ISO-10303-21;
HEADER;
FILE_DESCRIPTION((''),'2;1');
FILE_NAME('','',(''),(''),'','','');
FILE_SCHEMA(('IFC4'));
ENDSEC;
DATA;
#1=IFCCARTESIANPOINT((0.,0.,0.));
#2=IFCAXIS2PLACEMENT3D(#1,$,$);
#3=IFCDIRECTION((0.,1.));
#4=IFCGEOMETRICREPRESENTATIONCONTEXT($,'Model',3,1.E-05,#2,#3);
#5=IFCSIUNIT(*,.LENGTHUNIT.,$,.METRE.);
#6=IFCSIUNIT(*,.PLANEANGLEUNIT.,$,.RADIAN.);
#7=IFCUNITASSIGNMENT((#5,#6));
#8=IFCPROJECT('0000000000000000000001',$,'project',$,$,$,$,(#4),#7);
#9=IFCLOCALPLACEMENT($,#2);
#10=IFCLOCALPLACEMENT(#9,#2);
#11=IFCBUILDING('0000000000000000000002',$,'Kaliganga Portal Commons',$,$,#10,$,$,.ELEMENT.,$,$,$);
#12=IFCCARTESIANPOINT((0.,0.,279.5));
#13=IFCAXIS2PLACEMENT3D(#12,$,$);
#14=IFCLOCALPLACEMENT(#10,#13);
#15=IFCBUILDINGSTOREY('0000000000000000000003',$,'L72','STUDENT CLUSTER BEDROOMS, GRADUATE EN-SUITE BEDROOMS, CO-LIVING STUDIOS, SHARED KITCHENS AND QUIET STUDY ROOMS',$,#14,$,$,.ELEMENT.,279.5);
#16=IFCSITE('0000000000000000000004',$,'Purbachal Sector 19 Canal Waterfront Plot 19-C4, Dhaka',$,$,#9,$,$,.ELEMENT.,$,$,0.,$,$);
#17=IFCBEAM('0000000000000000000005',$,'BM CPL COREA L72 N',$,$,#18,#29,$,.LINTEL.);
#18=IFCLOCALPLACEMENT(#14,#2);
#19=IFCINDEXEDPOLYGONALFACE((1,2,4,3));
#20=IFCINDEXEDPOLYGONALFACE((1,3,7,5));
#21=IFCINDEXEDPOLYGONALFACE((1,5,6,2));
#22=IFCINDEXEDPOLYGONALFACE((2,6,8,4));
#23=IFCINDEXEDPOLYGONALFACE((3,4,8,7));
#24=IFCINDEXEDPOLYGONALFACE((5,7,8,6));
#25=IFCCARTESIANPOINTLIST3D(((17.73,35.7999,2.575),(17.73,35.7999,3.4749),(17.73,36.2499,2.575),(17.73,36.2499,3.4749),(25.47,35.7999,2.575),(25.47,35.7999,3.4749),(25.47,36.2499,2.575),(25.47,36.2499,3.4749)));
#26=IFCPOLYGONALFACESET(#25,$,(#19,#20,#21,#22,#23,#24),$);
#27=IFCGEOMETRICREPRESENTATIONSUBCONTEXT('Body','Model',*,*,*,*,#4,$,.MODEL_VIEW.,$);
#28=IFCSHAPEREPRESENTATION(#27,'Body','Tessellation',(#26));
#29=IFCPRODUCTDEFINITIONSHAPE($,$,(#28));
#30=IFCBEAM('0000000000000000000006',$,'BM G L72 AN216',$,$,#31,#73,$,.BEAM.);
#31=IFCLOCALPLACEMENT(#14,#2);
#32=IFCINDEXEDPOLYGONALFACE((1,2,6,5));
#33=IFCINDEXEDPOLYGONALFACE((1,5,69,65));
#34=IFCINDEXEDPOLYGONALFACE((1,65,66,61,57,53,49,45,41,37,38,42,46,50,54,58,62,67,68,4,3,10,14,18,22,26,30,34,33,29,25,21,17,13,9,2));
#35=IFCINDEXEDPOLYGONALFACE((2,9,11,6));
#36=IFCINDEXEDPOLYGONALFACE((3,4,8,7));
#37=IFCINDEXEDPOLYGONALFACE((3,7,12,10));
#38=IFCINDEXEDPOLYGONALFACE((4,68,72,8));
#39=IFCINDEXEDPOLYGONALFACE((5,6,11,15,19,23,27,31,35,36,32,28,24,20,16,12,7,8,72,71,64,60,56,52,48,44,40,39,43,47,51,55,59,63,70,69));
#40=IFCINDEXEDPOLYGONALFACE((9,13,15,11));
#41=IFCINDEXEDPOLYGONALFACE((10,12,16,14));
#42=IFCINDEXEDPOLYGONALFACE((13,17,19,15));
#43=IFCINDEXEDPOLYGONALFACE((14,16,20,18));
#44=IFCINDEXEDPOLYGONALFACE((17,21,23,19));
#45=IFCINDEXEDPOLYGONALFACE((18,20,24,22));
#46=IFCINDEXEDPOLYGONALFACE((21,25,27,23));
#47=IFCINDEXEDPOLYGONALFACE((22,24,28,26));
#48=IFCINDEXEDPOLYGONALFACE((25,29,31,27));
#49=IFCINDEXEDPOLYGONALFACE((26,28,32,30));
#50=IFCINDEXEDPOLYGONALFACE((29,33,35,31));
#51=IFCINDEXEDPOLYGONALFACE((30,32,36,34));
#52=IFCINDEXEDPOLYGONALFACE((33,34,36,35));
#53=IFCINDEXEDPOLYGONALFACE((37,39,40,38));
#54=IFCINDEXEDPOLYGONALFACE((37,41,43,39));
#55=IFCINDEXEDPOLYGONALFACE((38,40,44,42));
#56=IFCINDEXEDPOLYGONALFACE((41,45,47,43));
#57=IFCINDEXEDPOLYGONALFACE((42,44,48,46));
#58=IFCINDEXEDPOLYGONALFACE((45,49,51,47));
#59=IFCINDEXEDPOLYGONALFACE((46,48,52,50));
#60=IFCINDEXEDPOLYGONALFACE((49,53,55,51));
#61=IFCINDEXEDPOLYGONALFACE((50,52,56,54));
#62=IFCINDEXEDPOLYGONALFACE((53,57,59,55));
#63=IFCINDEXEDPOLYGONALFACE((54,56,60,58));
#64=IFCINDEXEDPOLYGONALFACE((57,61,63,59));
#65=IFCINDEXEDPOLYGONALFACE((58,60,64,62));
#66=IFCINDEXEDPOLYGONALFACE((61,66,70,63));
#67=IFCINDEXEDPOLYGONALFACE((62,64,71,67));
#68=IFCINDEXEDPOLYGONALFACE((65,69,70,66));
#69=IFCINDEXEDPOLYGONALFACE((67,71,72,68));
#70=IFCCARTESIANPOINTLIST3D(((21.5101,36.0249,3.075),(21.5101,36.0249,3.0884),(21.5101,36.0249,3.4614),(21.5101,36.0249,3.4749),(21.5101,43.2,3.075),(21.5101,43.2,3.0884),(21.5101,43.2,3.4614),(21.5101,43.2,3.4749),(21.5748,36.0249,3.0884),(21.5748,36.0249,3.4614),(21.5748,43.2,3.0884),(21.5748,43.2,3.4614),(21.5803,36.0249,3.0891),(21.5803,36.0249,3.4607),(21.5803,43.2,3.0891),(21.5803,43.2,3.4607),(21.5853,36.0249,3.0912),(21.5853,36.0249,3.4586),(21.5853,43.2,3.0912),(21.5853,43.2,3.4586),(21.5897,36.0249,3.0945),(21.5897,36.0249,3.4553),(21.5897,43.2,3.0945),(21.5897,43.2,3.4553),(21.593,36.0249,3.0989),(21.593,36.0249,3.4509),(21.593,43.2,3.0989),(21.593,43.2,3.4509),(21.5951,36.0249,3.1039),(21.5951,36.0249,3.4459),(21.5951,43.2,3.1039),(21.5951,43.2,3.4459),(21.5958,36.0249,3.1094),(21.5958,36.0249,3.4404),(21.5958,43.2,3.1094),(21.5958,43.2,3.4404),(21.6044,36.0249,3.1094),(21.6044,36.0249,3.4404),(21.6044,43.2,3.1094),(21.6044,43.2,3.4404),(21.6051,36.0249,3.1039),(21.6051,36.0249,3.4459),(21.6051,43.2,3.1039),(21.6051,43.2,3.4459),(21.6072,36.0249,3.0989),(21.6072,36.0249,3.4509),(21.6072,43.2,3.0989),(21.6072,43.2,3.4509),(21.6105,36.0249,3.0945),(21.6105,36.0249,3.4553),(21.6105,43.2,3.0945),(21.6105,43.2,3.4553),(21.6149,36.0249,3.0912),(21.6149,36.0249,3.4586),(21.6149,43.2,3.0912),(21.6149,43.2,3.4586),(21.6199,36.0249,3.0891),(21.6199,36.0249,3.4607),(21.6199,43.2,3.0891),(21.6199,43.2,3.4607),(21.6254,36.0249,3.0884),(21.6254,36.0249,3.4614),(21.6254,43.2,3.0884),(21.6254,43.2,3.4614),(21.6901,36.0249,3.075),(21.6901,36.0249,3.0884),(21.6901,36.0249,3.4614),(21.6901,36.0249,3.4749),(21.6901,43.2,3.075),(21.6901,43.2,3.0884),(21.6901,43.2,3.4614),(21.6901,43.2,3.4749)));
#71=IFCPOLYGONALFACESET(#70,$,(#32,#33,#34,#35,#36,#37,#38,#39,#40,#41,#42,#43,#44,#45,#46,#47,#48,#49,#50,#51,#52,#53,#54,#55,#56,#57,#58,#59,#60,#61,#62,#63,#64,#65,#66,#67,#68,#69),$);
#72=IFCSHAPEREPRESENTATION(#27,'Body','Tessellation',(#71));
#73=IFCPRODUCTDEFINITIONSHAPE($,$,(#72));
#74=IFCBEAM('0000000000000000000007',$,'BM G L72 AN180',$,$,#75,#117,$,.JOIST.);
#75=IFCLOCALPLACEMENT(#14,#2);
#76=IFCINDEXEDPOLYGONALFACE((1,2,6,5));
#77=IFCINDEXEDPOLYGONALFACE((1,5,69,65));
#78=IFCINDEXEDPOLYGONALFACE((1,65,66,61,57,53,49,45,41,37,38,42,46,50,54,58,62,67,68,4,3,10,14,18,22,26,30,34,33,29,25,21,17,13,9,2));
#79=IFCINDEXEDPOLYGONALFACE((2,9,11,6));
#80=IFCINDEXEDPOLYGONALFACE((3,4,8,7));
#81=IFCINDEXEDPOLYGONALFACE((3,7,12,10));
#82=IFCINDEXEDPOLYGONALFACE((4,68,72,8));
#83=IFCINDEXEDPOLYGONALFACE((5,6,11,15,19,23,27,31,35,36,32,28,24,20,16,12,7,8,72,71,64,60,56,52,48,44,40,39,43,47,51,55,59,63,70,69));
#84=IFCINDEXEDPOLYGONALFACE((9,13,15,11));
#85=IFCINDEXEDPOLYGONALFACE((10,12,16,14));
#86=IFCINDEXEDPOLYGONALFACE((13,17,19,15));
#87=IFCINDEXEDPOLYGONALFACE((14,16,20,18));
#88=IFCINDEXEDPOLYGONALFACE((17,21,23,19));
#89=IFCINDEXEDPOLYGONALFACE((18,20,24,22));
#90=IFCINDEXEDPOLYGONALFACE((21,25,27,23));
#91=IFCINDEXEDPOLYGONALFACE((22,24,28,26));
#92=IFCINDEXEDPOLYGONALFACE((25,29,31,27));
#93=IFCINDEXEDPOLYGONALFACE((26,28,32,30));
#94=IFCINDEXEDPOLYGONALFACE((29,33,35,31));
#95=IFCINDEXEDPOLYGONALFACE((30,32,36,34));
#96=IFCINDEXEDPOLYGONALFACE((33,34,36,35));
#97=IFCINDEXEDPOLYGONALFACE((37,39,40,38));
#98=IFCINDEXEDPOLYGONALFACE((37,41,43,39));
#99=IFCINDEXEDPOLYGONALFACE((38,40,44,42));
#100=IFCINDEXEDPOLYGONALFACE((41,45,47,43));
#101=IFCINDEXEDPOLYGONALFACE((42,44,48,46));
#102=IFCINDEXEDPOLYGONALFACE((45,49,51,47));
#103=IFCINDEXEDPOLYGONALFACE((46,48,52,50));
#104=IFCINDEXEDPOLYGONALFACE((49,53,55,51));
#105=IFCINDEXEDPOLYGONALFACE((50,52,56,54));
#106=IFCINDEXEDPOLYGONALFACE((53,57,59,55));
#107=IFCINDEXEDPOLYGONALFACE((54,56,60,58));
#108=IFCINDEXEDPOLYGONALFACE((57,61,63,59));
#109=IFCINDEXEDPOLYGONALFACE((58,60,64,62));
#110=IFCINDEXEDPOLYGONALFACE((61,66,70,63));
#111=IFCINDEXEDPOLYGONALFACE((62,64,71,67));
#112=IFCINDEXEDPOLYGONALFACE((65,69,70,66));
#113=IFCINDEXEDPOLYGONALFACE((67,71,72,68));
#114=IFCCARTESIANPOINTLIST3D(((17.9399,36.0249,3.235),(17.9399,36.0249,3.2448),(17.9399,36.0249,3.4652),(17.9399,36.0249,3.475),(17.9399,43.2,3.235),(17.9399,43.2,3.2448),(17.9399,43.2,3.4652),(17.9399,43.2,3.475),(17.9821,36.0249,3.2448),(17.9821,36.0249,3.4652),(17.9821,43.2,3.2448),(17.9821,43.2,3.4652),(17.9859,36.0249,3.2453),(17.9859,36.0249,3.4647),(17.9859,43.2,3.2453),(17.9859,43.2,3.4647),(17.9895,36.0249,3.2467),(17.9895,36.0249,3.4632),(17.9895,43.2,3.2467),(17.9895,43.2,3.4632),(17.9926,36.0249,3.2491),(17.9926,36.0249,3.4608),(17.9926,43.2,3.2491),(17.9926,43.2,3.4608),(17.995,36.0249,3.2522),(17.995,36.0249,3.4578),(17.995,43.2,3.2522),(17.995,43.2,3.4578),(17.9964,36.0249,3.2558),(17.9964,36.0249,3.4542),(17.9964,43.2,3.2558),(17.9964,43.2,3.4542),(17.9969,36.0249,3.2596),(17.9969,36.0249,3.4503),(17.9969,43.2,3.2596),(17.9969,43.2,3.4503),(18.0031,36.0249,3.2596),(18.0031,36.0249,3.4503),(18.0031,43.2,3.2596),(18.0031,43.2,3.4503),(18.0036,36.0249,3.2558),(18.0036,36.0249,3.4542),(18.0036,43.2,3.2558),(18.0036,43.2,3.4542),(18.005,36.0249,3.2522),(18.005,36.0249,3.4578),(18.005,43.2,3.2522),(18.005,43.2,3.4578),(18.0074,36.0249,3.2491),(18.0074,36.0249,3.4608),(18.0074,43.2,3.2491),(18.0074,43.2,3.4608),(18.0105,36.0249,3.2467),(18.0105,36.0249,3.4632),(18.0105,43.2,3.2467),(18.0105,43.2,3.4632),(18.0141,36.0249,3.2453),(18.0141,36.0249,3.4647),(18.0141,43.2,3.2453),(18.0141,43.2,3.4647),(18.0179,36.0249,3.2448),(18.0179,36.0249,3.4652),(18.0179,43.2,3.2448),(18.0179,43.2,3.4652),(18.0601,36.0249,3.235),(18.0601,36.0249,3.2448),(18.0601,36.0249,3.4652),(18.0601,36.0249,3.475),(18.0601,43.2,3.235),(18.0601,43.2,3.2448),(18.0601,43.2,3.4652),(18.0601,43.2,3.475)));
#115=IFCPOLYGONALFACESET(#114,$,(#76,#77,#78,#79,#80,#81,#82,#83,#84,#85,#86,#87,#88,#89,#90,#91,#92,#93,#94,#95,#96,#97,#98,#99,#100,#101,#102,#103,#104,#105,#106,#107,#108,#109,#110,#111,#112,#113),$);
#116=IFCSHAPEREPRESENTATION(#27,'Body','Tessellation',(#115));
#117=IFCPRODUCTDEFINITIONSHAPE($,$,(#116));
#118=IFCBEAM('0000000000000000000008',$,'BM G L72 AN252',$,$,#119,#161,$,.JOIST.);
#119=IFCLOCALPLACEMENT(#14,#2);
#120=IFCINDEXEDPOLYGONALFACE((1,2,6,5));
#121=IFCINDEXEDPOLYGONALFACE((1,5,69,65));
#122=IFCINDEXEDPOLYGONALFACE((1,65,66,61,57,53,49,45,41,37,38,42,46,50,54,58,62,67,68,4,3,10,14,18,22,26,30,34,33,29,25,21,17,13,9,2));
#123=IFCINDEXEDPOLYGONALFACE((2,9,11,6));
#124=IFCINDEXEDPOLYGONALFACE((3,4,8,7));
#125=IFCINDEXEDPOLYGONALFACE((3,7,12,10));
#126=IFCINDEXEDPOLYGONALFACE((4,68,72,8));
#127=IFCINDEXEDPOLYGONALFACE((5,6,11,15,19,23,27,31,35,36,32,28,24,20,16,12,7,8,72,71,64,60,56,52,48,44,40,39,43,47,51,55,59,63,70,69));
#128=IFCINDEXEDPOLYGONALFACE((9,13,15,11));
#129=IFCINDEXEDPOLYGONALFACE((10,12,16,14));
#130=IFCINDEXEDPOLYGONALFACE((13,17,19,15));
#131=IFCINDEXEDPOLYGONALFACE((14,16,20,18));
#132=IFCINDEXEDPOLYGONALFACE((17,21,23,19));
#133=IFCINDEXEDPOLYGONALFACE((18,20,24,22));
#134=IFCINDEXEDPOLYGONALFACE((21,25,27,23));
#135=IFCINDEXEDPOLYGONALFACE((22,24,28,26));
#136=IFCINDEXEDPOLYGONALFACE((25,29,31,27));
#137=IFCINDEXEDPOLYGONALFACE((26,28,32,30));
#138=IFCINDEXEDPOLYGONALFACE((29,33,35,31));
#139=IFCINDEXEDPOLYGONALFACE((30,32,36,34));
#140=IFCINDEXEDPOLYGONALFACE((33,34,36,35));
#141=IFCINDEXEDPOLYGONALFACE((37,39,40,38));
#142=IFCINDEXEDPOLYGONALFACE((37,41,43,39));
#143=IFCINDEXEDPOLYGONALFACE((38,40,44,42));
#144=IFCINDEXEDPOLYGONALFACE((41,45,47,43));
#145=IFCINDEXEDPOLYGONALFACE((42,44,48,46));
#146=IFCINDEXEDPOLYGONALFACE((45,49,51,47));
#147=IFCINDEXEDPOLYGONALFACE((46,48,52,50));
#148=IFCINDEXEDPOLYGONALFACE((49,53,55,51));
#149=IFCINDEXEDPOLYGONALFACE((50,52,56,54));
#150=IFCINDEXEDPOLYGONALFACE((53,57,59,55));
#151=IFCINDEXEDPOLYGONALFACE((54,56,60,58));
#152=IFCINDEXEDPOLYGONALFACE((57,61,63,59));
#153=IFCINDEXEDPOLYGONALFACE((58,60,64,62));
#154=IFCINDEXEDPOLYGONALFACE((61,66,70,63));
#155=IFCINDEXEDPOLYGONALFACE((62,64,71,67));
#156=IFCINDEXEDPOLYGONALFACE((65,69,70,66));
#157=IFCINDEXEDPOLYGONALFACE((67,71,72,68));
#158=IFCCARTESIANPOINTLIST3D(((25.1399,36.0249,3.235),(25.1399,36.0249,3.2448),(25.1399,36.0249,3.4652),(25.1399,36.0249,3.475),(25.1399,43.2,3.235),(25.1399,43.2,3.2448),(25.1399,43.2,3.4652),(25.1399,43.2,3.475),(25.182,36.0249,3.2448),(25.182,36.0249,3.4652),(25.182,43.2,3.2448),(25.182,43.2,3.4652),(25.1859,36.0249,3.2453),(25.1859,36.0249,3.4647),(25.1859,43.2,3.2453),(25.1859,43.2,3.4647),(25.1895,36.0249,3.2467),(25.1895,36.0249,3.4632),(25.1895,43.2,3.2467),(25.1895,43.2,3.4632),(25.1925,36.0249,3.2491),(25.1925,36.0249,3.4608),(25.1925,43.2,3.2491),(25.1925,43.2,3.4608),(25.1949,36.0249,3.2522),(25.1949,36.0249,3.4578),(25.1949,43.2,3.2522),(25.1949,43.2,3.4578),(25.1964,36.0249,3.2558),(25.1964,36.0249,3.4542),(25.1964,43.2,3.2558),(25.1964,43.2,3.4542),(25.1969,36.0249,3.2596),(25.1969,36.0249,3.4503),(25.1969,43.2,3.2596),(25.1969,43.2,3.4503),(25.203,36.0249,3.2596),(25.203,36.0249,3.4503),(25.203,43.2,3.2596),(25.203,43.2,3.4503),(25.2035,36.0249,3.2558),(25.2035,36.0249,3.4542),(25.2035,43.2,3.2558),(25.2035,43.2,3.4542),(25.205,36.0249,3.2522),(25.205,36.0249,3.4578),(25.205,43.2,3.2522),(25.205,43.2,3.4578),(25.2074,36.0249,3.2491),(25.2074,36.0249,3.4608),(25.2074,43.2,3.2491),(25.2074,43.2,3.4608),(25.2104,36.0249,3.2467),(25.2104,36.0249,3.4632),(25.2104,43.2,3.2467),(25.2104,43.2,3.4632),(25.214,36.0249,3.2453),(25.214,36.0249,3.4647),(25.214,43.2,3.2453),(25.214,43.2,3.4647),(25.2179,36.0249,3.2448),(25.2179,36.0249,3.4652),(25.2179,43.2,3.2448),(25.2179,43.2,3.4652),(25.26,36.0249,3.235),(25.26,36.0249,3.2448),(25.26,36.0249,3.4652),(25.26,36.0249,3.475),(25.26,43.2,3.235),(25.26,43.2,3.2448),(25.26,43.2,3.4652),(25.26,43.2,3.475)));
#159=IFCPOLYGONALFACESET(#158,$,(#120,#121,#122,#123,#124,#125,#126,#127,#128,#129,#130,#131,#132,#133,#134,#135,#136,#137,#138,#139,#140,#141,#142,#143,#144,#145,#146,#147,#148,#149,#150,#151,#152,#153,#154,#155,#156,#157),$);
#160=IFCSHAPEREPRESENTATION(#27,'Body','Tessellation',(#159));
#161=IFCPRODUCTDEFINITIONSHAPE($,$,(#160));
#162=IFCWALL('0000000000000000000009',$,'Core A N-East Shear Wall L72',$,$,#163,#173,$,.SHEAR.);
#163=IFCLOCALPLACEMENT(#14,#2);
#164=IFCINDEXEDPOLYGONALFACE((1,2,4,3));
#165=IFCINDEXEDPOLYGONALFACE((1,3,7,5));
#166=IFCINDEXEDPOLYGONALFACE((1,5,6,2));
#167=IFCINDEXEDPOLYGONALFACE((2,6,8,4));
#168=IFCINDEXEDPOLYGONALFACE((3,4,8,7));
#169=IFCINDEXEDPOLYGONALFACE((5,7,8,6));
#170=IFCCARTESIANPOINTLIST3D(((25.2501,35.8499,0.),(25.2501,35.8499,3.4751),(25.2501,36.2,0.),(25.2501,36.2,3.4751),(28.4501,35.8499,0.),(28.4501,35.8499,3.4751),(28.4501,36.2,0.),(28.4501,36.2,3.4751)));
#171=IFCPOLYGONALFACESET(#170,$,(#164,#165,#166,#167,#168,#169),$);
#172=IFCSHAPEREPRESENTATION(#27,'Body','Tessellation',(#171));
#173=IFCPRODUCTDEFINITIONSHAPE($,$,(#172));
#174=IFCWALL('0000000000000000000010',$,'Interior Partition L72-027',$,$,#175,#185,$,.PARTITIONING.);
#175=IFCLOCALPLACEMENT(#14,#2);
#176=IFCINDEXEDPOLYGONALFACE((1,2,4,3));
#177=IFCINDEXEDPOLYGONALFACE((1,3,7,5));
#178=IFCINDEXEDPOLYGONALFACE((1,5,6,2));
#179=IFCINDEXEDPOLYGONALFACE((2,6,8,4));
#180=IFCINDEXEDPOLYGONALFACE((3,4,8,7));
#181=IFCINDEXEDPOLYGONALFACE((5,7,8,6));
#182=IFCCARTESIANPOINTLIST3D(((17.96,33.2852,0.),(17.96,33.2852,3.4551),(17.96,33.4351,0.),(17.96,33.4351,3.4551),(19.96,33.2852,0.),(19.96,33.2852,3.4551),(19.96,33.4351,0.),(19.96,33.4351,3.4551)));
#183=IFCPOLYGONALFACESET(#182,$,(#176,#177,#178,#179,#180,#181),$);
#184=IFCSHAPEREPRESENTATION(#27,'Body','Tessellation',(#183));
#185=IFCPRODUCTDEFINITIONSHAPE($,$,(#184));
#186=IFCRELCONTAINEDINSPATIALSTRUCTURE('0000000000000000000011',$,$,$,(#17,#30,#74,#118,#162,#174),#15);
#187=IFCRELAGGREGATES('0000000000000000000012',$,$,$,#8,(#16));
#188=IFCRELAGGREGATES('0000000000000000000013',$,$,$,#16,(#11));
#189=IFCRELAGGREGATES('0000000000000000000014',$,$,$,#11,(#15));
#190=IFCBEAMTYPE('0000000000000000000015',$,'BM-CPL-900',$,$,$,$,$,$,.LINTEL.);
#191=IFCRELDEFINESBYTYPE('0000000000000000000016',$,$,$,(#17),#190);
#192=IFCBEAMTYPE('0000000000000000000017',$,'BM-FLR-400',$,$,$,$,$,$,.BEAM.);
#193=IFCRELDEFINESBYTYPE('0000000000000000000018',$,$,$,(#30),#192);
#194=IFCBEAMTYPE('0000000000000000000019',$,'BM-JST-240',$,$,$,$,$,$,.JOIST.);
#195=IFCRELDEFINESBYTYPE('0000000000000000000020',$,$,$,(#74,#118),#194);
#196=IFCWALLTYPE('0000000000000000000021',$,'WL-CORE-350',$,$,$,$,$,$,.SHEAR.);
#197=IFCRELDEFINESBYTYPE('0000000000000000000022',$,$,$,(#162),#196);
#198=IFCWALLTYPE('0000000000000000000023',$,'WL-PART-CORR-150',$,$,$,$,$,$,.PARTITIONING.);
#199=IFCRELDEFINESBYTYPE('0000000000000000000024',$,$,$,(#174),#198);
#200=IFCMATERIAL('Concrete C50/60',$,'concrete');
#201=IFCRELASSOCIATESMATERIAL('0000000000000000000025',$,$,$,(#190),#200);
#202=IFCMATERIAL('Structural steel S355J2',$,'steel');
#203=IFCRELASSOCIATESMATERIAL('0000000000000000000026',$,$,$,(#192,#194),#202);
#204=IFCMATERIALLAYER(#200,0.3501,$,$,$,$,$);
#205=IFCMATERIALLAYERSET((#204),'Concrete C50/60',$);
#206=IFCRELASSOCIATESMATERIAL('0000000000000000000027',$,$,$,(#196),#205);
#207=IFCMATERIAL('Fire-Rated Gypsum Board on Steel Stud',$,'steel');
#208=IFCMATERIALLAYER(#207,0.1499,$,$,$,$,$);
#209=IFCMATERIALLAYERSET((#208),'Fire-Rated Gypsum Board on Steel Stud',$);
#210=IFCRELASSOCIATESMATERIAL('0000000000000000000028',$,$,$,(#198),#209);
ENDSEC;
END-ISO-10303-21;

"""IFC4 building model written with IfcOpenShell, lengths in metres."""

from ifc_helpers import new_model, si_unit, direction, frame, frame_2d, origin, origin_2d, place, context, subcontext, project, spatial, rectangle, i_section, extrude, source, transform, mapped, material, layer, layer_set, material_profile, profile_set, type_object, element, save


model = new_model("IFC4")

# Units and contexts
model_context = context("Model", 3, precision=1e-05, world=origin(), true_north=direction((0.0, 1.0)))
body_context = subcontext(model_context, "Body", "Model", "MODEL_VIEW")
ifc_project = project(units=[si_unit("LENGTHUNIT", "METRE"), si_unit("PLANEANGLEUNIT", "RADIAN")], contexts=[model_context])

# Site, building, storey
site_placement = place(None, origin())
site = spatial("IfcSite", under=ifc_project, at=site_placement, Name="Purbachal Sector 19 Canal Waterfront Plot 19-C4, Dhaka", CompositionType="ELEMENT", RefElevation=0.0)
building_placement = place(site_placement, origin())
building = spatial("IfcBuilding", under=site, at=building_placement, Name="Kaliganga Portal Commons", CompositionType="ELEMENT")
storey_placement = place(building_placement, frame((0.0, 0.0, 279.5)))
storey = spatial("IfcBuildingStorey", under=building, at=storey_placement, Name="L72", Description="STUDENT CLUSTER BEDROOMS, GRADUATE EN-SUITE BEDROOMS, CO-LIVING STUDIOS, SHARED KITCHENS AND QUIET STUDY ROOMS", CompositionType="ELEMENT", Elevation=279.5)

# Beams
ifc_material_1 = material(Name="Concrete C50/60", Category="concrete")
ifc_material_profile_1 = material_profile(ifc_material_1, rectangle(XDim=0.45, YDim=0.8999, at=origin_2d()), Name="RC 450x900")
ifc_profile_set_1 = profile_set([ifc_material_profile_1], Name="Concrete C50/60")
beam_type_1 = type_object("IfcBeamType", Name="BM-CPL-900", PredefinedType="LINTEL", material=ifc_profile_set_1)
shared_shape_1 = source(origin(), body_context, "Body", "SweptSolid", [
    extrude(rectangle(XDim=0.45, YDim=0.8999, at=origin_2d()), origin(), (0.0, 0.0, 1.0), 7.74),
])
beam_1_placement = place(storey_placement, frame((17.73, 36.0249, 3.0249), z_axis=(1.0, 0.0, 0.0), x_axis=(0.0, 1.0, 0.0)))
element("IfcBeam", 1, at=beam_1_placement, inside=storey, type_object=beam_type_1, Name="BM CPL COREA L72 N", PredefinedType="LINTEL", context=body_context, shape_type="MappedRepresentation", body=[
    mapped(shared_shape_1, transform((0.0, 0.0, 0.0), x_axis=(1.0, 0.0, 0.0), y_axis=(0.0, 1.0, 0.0), z_axis=(0.0, 0.0, 1.0), scale=1.0)),
])
ifc_material_2 = material(Name="Structural steel S355J2", Category="steel")
ifc_material_profile_2 = material_profile(ifc_material_2, i_section(OverallWidth=0.1799, OverallDepth=0.3999, WebThickness=0.0085, FlangeThickness=0.0134, FilletRadius=0.021, at=origin_2d()), Name="IPE 400")
ifc_profile_set_2 = profile_set([ifc_material_profile_2], Name="Structural steel S355J2 wide-flange")
beam_type_2 = type_object("IfcBeamType", Name="BM-FLR-400", PredefinedType="BEAM", material=ifc_profile_set_2)
shared_shape_2 = source(origin(), body_context, "Body", "SweptSolid", [
    extrude(i_section(OverallWidth=0.1799, OverallDepth=0.3999, WebThickness=0.0085, FlangeThickness=0.0134, FilletRadius=0.021, at=origin_2d()), origin(), (0.0, 0.0, 1.0), 7.175),
])
beam_2_placement = place(storey_placement, frame((21.6001, 36.0249, 3.2749), z_axis=(0.0, 1.0, 0.0), x_axis=(-1.0, 0.0, 0.0)))
element("IfcBeam", 2, at=beam_2_placement, inside=storey, type_object=beam_type_2, Name="BM G L72 AN216", PredefinedType="BEAM", context=body_context, shape_type="MappedRepresentation", body=[
    mapped(shared_shape_2, transform((0.0, 0.0, 0.0), x_axis=(1.0, 0.0, 0.0), y_axis=(0.0, 1.0, 0.0), z_axis=(0.0, 0.0, 1.0), scale=1.0)),
])
ifc_material_profile_3 = material_profile(ifc_material_2, i_section(OverallWidth=0.1201, OverallDepth=0.24, WebThickness=0.0061, FlangeThickness=0.0098, FilletRadius=0.0149, at=origin_2d()), Name="IPE 240")
ifc_profile_set_3 = profile_set([ifc_material_profile_3], Name="Structural steel S355J2 wide-flange")
beam_type_3 = type_object("IfcBeamType", Name="BM-JST-240", PredefinedType="JOIST", material=ifc_profile_set_3)
shared_shape_3 = source(origin(), body_context, "Body", "SweptSolid", [
    extrude(i_section(OverallWidth=0.1201, OverallDepth=0.24, WebThickness=0.0061, FlangeThickness=0.0098, FilletRadius=0.0149, at=origin_2d()), origin(), (0.0, 0.0, 1.0), 7.175),
])
for number, where, z_axis, x_axis, name in (
    (3, (18.0, 36.0249, 3.355), (0.0, 1.0, 0.0), (-1.0, 0.0, 0.0), "BM G L72 AN180"),
    (4, (25.2, 36.0249, 3.355), (0.0, 1.0, 0.0), (-1.0, 0.0, 0.0), "BM G L72 AN252"),
):
    element("IfcBeam", number, at=place(storey_placement, frame(where, z_axis=z_axis, x_axis=x_axis)), inside=storey, type_object=beam_type_3, Name=name, PredefinedType="JOIST", context=body_context, shape_type="MappedRepresentation", body=[
        mapped(shared_shape_3, transform((0.0, 0.0, 0.0), x_axis=(1.0, 0.0, 0.0), y_axis=(0.0, 1.0, 0.0), z_axis=(0.0, 0.0, 1.0), scale=1.0)),
    ])

# Walls
ifc_layer_1 = layer(ifc_material_1, 0.3501)
ifc_layer_set_1 = layer_set([ifc_layer_1], Name="Concrete C50/60")
wall_type_1 = type_object("IfcWallType", Name="WL-CORE-350", PredefinedType="SHEAR", material=ifc_layer_set_1)
wall_1_placement = place(storey_placement, frame((25.25, 36.0249, 0.0), z_axis=(0.0, 0.0, 1.0), x_axis=(1.0, 0.0, 0.0)))
element("IfcWall", 5, at=wall_1_placement, inside=storey, type_object=wall_type_1, Name="Core A N-East Shear Wall L72", PredefinedType="SHEAR", context=body_context, shape_type="SweptSolid", body=[
    extrude(rectangle(XDim=3.2, YDim=0.3501, at=frame_2d((1.6001, 0.0))), origin(), (0.0, 0.0, 1.0), 3.4751),
])
ifc_material_3 = material(Name="Fire-Rated Gypsum Board on Steel Stud", Category="steel")
ifc_layer_2 = layer(ifc_material_3, 0.1499)
ifc_layer_set_2 = layer_set([ifc_layer_2], Name="Fire-Rated Gypsum Board on Steel Stud")
wall_type_2 = type_object("IfcWallType", Name="WL-PART-CORR-150", PredefinedType="PARTITIONING", material=ifc_layer_set_2)
wall_2_placement = place(storey_placement, frame((17.96, 33.3601, 0.0), z_axis=(0.0, 0.0, 1.0), x_axis=(1.0, 0.0, 0.0)))
element("IfcWall", 6, at=wall_2_placement, inside=storey, type_object=wall_type_2, Name="Interior Partition L72-027", PredefinedType="PARTITIONING", context=body_context, shape_type="SweptSolid", body=[
    extrude(rectangle(XDim=2.0, YDim=0.1499, at=frame_2d((1.0, 0.0))), origin(), (0.0, 0.0, 1.0), 3.4551),
])

save(model, "model.ifc")
